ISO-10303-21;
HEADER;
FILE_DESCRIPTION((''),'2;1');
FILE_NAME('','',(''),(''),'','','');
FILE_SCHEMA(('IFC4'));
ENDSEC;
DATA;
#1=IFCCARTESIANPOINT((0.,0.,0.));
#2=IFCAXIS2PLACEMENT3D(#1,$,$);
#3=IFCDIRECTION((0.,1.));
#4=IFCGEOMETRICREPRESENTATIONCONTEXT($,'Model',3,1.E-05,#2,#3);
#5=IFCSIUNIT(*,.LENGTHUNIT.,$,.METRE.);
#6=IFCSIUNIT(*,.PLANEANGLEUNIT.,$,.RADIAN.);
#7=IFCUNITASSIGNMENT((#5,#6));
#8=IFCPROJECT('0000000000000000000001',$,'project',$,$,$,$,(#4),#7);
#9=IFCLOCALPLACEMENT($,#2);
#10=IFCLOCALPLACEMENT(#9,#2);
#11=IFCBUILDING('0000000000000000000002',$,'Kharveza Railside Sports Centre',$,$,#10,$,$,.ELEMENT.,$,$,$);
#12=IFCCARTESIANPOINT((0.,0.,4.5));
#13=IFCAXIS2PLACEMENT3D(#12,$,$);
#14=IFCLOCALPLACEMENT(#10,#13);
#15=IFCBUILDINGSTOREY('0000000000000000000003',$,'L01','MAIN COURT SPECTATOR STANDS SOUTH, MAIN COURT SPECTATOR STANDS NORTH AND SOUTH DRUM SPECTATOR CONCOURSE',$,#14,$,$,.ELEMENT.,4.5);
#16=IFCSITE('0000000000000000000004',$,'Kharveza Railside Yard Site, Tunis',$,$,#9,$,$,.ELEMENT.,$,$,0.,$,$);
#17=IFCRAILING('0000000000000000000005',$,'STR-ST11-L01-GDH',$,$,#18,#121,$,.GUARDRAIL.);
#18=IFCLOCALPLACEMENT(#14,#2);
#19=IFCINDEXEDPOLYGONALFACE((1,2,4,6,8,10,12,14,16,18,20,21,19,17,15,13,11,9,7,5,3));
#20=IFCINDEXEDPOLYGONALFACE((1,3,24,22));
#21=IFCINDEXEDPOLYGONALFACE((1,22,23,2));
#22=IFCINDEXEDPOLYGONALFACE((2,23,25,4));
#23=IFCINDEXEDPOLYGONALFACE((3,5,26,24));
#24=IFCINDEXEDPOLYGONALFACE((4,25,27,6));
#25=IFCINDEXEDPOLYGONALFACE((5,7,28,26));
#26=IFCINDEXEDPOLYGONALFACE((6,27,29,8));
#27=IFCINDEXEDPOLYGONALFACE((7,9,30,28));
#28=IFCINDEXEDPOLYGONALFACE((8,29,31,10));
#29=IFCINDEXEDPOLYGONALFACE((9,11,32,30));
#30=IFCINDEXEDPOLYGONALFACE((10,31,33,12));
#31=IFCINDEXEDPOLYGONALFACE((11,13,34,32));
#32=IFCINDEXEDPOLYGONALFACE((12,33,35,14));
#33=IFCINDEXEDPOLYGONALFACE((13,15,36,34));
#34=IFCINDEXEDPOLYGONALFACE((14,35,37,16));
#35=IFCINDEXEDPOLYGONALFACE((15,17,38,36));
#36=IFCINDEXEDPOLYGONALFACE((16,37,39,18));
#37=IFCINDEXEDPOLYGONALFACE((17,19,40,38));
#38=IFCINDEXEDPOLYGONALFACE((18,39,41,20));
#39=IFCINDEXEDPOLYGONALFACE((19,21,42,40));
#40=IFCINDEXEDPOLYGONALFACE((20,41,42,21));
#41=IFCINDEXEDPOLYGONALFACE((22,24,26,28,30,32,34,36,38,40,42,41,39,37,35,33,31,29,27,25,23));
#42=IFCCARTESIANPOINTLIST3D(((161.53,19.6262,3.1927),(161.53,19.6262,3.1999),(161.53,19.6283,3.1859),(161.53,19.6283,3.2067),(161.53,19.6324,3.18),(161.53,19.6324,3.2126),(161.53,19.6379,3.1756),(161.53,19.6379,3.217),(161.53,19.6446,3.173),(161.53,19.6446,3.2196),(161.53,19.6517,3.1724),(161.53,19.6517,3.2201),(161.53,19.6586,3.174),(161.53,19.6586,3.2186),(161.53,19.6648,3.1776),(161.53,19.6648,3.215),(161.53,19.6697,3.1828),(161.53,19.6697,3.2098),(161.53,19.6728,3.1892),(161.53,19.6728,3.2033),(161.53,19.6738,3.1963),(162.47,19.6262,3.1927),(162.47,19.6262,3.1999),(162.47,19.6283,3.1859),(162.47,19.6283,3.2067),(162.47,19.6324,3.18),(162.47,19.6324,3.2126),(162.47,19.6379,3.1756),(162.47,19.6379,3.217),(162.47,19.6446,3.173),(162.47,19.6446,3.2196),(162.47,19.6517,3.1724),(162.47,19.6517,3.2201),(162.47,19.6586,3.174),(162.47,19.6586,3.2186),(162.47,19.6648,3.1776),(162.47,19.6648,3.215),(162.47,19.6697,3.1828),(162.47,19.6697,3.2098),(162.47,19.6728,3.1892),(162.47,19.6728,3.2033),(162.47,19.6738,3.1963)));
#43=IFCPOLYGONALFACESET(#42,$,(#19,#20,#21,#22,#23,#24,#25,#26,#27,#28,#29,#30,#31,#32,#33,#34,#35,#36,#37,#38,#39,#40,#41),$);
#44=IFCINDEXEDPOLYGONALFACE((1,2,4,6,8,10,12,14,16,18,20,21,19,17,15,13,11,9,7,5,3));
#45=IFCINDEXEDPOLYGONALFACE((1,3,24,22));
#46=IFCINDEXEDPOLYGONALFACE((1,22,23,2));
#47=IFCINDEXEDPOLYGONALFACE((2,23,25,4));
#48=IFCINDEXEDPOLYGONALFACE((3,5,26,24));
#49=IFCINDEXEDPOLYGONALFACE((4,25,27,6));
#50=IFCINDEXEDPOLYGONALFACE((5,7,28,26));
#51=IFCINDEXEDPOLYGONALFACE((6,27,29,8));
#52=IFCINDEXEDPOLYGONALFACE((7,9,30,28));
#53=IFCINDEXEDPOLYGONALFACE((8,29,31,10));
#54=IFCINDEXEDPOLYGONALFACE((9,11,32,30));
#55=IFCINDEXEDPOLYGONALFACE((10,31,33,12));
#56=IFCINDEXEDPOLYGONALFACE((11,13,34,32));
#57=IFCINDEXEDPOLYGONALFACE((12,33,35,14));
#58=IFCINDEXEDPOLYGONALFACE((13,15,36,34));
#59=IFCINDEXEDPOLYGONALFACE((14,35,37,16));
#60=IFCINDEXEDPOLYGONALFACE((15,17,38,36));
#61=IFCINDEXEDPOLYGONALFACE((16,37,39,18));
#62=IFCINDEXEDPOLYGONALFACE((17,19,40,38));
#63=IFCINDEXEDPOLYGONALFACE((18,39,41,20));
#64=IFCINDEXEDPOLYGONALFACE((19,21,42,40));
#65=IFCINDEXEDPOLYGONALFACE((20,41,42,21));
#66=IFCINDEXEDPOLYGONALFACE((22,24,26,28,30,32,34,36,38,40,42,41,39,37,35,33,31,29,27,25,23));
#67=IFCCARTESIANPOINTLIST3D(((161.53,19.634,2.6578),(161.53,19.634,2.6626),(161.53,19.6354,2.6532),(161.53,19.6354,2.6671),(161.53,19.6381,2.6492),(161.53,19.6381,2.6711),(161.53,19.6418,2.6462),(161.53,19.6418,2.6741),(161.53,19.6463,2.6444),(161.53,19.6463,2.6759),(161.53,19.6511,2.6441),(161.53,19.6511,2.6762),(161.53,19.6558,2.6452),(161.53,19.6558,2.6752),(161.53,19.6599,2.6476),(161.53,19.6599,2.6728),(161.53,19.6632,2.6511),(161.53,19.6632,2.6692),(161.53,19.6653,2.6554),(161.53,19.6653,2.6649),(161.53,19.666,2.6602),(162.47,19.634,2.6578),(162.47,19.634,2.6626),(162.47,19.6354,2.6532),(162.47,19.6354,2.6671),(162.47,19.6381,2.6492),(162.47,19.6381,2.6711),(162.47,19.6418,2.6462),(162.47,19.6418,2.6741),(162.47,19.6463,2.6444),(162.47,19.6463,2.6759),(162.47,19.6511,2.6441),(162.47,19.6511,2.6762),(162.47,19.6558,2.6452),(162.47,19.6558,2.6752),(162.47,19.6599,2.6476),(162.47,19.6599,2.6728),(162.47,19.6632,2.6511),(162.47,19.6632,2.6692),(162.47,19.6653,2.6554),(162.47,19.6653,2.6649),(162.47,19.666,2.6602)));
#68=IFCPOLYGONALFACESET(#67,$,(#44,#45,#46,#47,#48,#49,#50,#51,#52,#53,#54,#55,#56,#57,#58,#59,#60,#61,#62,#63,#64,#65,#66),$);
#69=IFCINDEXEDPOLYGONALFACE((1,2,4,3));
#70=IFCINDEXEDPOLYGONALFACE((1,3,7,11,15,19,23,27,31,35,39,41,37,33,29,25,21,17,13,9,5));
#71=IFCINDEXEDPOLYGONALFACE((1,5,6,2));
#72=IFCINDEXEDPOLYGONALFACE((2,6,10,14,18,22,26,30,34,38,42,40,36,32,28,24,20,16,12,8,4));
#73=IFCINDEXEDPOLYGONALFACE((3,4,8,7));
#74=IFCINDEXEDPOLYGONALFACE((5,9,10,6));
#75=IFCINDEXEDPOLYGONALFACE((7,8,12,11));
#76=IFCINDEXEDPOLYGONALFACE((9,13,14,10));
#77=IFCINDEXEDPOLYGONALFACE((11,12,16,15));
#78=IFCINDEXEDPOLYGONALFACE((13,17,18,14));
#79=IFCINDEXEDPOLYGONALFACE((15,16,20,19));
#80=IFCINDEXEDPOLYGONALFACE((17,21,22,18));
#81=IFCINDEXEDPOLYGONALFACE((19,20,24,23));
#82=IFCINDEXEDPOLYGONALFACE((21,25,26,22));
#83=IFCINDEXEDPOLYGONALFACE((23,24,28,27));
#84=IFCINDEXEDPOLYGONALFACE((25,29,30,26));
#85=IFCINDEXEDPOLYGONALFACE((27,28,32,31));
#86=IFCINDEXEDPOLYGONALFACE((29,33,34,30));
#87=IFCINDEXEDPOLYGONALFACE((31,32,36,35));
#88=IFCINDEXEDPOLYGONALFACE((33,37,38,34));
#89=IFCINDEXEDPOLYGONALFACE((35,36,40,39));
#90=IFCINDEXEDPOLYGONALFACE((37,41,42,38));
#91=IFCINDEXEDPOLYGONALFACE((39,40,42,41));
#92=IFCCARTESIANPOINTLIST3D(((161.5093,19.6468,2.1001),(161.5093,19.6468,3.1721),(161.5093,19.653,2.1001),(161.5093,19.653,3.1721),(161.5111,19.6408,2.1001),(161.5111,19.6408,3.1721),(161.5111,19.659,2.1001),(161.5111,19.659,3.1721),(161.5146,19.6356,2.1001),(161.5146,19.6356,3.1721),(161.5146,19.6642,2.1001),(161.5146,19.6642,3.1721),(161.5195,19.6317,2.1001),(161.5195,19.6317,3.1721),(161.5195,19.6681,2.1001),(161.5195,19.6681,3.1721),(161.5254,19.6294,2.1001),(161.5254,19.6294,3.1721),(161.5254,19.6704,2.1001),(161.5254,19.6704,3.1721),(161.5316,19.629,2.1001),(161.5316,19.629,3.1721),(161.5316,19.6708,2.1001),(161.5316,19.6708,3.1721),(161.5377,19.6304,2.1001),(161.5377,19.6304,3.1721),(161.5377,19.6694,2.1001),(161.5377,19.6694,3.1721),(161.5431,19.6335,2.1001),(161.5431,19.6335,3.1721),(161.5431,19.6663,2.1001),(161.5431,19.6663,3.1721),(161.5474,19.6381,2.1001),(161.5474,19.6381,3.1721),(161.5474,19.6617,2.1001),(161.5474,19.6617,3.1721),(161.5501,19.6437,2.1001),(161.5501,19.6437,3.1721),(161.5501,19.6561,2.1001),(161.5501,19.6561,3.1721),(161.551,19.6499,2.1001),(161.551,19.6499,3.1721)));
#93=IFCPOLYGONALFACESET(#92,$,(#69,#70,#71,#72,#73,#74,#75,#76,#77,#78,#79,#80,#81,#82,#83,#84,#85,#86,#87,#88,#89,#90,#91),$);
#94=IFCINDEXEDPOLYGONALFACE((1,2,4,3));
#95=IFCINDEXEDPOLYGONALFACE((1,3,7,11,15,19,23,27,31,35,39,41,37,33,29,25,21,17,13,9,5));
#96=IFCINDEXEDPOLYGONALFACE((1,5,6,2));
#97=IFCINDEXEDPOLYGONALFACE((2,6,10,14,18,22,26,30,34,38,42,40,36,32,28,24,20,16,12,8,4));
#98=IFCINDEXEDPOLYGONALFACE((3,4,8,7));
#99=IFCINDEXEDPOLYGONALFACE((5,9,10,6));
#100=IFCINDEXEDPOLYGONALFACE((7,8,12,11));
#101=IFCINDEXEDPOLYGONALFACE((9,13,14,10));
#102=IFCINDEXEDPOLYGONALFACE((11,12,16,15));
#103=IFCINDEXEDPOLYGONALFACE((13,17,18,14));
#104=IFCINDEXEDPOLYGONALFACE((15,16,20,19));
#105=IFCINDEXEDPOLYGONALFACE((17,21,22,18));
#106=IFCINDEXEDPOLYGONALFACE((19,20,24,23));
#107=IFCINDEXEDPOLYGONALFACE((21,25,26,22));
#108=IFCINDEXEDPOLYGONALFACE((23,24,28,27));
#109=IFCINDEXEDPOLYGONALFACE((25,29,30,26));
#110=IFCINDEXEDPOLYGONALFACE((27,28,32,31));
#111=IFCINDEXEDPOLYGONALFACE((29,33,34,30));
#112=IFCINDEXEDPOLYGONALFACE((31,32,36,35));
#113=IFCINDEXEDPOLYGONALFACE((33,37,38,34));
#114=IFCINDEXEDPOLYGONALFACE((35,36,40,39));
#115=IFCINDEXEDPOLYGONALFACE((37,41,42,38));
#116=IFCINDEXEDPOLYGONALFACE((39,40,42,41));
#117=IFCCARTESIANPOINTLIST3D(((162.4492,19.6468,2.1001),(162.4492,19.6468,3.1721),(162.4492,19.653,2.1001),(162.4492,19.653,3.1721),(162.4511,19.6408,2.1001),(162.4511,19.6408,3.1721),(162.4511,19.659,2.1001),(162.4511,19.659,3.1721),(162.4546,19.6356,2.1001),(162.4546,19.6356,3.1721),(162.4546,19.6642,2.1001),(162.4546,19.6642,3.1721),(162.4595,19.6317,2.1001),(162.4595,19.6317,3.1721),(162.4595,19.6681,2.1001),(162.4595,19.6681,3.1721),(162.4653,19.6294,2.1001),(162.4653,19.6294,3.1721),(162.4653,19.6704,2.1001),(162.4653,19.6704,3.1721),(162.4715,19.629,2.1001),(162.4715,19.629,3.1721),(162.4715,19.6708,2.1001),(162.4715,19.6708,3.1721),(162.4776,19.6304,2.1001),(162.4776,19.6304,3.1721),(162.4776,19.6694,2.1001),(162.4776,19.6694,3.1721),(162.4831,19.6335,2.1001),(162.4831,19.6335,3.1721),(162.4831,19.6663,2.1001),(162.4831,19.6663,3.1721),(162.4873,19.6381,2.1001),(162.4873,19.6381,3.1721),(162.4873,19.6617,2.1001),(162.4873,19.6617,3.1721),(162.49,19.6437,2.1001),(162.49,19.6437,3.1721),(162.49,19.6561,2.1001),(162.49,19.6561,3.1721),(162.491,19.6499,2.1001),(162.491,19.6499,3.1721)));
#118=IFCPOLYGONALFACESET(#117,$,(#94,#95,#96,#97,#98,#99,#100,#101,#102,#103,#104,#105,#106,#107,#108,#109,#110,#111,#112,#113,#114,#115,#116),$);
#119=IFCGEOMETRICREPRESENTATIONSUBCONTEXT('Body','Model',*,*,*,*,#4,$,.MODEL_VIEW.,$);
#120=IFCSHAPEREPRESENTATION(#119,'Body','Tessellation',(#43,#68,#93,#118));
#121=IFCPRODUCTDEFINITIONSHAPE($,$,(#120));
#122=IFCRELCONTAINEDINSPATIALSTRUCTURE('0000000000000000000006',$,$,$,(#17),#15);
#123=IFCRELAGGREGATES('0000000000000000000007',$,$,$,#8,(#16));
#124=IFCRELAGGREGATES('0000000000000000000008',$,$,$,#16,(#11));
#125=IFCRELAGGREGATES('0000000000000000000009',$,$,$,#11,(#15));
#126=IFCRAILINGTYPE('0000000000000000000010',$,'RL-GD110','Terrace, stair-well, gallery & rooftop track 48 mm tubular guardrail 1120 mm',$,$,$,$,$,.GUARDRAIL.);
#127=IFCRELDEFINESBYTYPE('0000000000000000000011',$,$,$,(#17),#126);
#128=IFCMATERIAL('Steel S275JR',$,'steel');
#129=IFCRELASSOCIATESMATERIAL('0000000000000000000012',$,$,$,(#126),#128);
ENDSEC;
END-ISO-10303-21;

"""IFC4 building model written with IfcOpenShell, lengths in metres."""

from ifc_helpers import new_model, si_unit, direction, frame, origin, origin_2d, place, context, subcontext, project, spatial, circle, extrude, material, type_object, element, save


model = new_model("IFC4")

# Units and contexts
model_context = context("Model", 3, precision=1e-05, world=origin(), true_north=direction((0.0, 1.0)))
body_context = subcontext(model_context, "Body", "Model", "MODEL_VIEW")
ifc_project = project(units=[si_unit("LENGTHUNIT", "METRE"), si_unit("PLANEANGLEUNIT", "RADIAN")], contexts=[model_context])

# Site, building, storey
site_placement = place(None, origin())
site = spatial("IfcSite", under=ifc_project, at=site_placement, Name="Kharveza Railside Yard Site, Tunis", CompositionType="ELEMENT", RefElevation=0.0)
building_placement = place(site_placement, origin())
building = spatial("IfcBuilding", under=site, at=building_placement, Name="Kharveza Railside Sports Centre", CompositionType="ELEMENT")
storey_placement = place(building_placement, frame((0.0, 0.0, 4.5)))
storey = spatial("IfcBuildingStorey", under=building, at=storey_placement, Name="L01", Description="MAIN COURT SPECTATOR STANDS SOUTH, MAIN COURT SPECTATOR STANDS NORTH AND SOUTH DRUM SPECTATOR CONCOURSE", CompositionType="ELEMENT", Elevation=4.5)

# Railing
ifc_material_1 = material(Name="Steel S275JR", Category="steel")
railing_type_1 = type_object("IfcRailingType", Name="RL-GD110", Description="Terrace, stair-well, gallery & rooftop track 48 mm tubular guardrail 1120 mm", PredefinedType="GUARDRAIL", material=ifc_material_1)
railing_1_placement = place(storey_placement, frame((161.53, 19.6499, 2.1001)))
element("IfcRailing", 1, at=railing_1_placement, inside=storey, type_object=railing_type_1, Name="STR-ST11-L01-GDH", PredefinedType="GUARDRAIL", context=body_context, shape_type="SweptSolid", body=[
    extrude(circle(Radius=0.0239, at=origin_2d()), frame((0.0, 0.0, 1.0962), z_axis=(1.0, 0.0, 0.0), x_axis=(0.0, 1.0, 0.0)), (0.0, 0.0, 1.0), 0.9399),
    extrude(circle(Radius=0.0161, at=origin_2d()), frame((0.0, 0.0, 0.5601), z_axis=(1.0, 0.0, 0.0), x_axis=(0.0, 1.0, 0.0)), (0.0, 0.0, 1.0), 0.9399),
    extrude(circle(Radius=0.021, at=origin_2d()), origin(), (0.0, 0.0, 1.0), 1.072),
    extrude(circle(Radius=0.021, at=origin_2d()), frame((0.9399, 0.0, 0.0)), (0.0, 0.0, 1.0), 1.072),
])

save(model, "model.ifc")
